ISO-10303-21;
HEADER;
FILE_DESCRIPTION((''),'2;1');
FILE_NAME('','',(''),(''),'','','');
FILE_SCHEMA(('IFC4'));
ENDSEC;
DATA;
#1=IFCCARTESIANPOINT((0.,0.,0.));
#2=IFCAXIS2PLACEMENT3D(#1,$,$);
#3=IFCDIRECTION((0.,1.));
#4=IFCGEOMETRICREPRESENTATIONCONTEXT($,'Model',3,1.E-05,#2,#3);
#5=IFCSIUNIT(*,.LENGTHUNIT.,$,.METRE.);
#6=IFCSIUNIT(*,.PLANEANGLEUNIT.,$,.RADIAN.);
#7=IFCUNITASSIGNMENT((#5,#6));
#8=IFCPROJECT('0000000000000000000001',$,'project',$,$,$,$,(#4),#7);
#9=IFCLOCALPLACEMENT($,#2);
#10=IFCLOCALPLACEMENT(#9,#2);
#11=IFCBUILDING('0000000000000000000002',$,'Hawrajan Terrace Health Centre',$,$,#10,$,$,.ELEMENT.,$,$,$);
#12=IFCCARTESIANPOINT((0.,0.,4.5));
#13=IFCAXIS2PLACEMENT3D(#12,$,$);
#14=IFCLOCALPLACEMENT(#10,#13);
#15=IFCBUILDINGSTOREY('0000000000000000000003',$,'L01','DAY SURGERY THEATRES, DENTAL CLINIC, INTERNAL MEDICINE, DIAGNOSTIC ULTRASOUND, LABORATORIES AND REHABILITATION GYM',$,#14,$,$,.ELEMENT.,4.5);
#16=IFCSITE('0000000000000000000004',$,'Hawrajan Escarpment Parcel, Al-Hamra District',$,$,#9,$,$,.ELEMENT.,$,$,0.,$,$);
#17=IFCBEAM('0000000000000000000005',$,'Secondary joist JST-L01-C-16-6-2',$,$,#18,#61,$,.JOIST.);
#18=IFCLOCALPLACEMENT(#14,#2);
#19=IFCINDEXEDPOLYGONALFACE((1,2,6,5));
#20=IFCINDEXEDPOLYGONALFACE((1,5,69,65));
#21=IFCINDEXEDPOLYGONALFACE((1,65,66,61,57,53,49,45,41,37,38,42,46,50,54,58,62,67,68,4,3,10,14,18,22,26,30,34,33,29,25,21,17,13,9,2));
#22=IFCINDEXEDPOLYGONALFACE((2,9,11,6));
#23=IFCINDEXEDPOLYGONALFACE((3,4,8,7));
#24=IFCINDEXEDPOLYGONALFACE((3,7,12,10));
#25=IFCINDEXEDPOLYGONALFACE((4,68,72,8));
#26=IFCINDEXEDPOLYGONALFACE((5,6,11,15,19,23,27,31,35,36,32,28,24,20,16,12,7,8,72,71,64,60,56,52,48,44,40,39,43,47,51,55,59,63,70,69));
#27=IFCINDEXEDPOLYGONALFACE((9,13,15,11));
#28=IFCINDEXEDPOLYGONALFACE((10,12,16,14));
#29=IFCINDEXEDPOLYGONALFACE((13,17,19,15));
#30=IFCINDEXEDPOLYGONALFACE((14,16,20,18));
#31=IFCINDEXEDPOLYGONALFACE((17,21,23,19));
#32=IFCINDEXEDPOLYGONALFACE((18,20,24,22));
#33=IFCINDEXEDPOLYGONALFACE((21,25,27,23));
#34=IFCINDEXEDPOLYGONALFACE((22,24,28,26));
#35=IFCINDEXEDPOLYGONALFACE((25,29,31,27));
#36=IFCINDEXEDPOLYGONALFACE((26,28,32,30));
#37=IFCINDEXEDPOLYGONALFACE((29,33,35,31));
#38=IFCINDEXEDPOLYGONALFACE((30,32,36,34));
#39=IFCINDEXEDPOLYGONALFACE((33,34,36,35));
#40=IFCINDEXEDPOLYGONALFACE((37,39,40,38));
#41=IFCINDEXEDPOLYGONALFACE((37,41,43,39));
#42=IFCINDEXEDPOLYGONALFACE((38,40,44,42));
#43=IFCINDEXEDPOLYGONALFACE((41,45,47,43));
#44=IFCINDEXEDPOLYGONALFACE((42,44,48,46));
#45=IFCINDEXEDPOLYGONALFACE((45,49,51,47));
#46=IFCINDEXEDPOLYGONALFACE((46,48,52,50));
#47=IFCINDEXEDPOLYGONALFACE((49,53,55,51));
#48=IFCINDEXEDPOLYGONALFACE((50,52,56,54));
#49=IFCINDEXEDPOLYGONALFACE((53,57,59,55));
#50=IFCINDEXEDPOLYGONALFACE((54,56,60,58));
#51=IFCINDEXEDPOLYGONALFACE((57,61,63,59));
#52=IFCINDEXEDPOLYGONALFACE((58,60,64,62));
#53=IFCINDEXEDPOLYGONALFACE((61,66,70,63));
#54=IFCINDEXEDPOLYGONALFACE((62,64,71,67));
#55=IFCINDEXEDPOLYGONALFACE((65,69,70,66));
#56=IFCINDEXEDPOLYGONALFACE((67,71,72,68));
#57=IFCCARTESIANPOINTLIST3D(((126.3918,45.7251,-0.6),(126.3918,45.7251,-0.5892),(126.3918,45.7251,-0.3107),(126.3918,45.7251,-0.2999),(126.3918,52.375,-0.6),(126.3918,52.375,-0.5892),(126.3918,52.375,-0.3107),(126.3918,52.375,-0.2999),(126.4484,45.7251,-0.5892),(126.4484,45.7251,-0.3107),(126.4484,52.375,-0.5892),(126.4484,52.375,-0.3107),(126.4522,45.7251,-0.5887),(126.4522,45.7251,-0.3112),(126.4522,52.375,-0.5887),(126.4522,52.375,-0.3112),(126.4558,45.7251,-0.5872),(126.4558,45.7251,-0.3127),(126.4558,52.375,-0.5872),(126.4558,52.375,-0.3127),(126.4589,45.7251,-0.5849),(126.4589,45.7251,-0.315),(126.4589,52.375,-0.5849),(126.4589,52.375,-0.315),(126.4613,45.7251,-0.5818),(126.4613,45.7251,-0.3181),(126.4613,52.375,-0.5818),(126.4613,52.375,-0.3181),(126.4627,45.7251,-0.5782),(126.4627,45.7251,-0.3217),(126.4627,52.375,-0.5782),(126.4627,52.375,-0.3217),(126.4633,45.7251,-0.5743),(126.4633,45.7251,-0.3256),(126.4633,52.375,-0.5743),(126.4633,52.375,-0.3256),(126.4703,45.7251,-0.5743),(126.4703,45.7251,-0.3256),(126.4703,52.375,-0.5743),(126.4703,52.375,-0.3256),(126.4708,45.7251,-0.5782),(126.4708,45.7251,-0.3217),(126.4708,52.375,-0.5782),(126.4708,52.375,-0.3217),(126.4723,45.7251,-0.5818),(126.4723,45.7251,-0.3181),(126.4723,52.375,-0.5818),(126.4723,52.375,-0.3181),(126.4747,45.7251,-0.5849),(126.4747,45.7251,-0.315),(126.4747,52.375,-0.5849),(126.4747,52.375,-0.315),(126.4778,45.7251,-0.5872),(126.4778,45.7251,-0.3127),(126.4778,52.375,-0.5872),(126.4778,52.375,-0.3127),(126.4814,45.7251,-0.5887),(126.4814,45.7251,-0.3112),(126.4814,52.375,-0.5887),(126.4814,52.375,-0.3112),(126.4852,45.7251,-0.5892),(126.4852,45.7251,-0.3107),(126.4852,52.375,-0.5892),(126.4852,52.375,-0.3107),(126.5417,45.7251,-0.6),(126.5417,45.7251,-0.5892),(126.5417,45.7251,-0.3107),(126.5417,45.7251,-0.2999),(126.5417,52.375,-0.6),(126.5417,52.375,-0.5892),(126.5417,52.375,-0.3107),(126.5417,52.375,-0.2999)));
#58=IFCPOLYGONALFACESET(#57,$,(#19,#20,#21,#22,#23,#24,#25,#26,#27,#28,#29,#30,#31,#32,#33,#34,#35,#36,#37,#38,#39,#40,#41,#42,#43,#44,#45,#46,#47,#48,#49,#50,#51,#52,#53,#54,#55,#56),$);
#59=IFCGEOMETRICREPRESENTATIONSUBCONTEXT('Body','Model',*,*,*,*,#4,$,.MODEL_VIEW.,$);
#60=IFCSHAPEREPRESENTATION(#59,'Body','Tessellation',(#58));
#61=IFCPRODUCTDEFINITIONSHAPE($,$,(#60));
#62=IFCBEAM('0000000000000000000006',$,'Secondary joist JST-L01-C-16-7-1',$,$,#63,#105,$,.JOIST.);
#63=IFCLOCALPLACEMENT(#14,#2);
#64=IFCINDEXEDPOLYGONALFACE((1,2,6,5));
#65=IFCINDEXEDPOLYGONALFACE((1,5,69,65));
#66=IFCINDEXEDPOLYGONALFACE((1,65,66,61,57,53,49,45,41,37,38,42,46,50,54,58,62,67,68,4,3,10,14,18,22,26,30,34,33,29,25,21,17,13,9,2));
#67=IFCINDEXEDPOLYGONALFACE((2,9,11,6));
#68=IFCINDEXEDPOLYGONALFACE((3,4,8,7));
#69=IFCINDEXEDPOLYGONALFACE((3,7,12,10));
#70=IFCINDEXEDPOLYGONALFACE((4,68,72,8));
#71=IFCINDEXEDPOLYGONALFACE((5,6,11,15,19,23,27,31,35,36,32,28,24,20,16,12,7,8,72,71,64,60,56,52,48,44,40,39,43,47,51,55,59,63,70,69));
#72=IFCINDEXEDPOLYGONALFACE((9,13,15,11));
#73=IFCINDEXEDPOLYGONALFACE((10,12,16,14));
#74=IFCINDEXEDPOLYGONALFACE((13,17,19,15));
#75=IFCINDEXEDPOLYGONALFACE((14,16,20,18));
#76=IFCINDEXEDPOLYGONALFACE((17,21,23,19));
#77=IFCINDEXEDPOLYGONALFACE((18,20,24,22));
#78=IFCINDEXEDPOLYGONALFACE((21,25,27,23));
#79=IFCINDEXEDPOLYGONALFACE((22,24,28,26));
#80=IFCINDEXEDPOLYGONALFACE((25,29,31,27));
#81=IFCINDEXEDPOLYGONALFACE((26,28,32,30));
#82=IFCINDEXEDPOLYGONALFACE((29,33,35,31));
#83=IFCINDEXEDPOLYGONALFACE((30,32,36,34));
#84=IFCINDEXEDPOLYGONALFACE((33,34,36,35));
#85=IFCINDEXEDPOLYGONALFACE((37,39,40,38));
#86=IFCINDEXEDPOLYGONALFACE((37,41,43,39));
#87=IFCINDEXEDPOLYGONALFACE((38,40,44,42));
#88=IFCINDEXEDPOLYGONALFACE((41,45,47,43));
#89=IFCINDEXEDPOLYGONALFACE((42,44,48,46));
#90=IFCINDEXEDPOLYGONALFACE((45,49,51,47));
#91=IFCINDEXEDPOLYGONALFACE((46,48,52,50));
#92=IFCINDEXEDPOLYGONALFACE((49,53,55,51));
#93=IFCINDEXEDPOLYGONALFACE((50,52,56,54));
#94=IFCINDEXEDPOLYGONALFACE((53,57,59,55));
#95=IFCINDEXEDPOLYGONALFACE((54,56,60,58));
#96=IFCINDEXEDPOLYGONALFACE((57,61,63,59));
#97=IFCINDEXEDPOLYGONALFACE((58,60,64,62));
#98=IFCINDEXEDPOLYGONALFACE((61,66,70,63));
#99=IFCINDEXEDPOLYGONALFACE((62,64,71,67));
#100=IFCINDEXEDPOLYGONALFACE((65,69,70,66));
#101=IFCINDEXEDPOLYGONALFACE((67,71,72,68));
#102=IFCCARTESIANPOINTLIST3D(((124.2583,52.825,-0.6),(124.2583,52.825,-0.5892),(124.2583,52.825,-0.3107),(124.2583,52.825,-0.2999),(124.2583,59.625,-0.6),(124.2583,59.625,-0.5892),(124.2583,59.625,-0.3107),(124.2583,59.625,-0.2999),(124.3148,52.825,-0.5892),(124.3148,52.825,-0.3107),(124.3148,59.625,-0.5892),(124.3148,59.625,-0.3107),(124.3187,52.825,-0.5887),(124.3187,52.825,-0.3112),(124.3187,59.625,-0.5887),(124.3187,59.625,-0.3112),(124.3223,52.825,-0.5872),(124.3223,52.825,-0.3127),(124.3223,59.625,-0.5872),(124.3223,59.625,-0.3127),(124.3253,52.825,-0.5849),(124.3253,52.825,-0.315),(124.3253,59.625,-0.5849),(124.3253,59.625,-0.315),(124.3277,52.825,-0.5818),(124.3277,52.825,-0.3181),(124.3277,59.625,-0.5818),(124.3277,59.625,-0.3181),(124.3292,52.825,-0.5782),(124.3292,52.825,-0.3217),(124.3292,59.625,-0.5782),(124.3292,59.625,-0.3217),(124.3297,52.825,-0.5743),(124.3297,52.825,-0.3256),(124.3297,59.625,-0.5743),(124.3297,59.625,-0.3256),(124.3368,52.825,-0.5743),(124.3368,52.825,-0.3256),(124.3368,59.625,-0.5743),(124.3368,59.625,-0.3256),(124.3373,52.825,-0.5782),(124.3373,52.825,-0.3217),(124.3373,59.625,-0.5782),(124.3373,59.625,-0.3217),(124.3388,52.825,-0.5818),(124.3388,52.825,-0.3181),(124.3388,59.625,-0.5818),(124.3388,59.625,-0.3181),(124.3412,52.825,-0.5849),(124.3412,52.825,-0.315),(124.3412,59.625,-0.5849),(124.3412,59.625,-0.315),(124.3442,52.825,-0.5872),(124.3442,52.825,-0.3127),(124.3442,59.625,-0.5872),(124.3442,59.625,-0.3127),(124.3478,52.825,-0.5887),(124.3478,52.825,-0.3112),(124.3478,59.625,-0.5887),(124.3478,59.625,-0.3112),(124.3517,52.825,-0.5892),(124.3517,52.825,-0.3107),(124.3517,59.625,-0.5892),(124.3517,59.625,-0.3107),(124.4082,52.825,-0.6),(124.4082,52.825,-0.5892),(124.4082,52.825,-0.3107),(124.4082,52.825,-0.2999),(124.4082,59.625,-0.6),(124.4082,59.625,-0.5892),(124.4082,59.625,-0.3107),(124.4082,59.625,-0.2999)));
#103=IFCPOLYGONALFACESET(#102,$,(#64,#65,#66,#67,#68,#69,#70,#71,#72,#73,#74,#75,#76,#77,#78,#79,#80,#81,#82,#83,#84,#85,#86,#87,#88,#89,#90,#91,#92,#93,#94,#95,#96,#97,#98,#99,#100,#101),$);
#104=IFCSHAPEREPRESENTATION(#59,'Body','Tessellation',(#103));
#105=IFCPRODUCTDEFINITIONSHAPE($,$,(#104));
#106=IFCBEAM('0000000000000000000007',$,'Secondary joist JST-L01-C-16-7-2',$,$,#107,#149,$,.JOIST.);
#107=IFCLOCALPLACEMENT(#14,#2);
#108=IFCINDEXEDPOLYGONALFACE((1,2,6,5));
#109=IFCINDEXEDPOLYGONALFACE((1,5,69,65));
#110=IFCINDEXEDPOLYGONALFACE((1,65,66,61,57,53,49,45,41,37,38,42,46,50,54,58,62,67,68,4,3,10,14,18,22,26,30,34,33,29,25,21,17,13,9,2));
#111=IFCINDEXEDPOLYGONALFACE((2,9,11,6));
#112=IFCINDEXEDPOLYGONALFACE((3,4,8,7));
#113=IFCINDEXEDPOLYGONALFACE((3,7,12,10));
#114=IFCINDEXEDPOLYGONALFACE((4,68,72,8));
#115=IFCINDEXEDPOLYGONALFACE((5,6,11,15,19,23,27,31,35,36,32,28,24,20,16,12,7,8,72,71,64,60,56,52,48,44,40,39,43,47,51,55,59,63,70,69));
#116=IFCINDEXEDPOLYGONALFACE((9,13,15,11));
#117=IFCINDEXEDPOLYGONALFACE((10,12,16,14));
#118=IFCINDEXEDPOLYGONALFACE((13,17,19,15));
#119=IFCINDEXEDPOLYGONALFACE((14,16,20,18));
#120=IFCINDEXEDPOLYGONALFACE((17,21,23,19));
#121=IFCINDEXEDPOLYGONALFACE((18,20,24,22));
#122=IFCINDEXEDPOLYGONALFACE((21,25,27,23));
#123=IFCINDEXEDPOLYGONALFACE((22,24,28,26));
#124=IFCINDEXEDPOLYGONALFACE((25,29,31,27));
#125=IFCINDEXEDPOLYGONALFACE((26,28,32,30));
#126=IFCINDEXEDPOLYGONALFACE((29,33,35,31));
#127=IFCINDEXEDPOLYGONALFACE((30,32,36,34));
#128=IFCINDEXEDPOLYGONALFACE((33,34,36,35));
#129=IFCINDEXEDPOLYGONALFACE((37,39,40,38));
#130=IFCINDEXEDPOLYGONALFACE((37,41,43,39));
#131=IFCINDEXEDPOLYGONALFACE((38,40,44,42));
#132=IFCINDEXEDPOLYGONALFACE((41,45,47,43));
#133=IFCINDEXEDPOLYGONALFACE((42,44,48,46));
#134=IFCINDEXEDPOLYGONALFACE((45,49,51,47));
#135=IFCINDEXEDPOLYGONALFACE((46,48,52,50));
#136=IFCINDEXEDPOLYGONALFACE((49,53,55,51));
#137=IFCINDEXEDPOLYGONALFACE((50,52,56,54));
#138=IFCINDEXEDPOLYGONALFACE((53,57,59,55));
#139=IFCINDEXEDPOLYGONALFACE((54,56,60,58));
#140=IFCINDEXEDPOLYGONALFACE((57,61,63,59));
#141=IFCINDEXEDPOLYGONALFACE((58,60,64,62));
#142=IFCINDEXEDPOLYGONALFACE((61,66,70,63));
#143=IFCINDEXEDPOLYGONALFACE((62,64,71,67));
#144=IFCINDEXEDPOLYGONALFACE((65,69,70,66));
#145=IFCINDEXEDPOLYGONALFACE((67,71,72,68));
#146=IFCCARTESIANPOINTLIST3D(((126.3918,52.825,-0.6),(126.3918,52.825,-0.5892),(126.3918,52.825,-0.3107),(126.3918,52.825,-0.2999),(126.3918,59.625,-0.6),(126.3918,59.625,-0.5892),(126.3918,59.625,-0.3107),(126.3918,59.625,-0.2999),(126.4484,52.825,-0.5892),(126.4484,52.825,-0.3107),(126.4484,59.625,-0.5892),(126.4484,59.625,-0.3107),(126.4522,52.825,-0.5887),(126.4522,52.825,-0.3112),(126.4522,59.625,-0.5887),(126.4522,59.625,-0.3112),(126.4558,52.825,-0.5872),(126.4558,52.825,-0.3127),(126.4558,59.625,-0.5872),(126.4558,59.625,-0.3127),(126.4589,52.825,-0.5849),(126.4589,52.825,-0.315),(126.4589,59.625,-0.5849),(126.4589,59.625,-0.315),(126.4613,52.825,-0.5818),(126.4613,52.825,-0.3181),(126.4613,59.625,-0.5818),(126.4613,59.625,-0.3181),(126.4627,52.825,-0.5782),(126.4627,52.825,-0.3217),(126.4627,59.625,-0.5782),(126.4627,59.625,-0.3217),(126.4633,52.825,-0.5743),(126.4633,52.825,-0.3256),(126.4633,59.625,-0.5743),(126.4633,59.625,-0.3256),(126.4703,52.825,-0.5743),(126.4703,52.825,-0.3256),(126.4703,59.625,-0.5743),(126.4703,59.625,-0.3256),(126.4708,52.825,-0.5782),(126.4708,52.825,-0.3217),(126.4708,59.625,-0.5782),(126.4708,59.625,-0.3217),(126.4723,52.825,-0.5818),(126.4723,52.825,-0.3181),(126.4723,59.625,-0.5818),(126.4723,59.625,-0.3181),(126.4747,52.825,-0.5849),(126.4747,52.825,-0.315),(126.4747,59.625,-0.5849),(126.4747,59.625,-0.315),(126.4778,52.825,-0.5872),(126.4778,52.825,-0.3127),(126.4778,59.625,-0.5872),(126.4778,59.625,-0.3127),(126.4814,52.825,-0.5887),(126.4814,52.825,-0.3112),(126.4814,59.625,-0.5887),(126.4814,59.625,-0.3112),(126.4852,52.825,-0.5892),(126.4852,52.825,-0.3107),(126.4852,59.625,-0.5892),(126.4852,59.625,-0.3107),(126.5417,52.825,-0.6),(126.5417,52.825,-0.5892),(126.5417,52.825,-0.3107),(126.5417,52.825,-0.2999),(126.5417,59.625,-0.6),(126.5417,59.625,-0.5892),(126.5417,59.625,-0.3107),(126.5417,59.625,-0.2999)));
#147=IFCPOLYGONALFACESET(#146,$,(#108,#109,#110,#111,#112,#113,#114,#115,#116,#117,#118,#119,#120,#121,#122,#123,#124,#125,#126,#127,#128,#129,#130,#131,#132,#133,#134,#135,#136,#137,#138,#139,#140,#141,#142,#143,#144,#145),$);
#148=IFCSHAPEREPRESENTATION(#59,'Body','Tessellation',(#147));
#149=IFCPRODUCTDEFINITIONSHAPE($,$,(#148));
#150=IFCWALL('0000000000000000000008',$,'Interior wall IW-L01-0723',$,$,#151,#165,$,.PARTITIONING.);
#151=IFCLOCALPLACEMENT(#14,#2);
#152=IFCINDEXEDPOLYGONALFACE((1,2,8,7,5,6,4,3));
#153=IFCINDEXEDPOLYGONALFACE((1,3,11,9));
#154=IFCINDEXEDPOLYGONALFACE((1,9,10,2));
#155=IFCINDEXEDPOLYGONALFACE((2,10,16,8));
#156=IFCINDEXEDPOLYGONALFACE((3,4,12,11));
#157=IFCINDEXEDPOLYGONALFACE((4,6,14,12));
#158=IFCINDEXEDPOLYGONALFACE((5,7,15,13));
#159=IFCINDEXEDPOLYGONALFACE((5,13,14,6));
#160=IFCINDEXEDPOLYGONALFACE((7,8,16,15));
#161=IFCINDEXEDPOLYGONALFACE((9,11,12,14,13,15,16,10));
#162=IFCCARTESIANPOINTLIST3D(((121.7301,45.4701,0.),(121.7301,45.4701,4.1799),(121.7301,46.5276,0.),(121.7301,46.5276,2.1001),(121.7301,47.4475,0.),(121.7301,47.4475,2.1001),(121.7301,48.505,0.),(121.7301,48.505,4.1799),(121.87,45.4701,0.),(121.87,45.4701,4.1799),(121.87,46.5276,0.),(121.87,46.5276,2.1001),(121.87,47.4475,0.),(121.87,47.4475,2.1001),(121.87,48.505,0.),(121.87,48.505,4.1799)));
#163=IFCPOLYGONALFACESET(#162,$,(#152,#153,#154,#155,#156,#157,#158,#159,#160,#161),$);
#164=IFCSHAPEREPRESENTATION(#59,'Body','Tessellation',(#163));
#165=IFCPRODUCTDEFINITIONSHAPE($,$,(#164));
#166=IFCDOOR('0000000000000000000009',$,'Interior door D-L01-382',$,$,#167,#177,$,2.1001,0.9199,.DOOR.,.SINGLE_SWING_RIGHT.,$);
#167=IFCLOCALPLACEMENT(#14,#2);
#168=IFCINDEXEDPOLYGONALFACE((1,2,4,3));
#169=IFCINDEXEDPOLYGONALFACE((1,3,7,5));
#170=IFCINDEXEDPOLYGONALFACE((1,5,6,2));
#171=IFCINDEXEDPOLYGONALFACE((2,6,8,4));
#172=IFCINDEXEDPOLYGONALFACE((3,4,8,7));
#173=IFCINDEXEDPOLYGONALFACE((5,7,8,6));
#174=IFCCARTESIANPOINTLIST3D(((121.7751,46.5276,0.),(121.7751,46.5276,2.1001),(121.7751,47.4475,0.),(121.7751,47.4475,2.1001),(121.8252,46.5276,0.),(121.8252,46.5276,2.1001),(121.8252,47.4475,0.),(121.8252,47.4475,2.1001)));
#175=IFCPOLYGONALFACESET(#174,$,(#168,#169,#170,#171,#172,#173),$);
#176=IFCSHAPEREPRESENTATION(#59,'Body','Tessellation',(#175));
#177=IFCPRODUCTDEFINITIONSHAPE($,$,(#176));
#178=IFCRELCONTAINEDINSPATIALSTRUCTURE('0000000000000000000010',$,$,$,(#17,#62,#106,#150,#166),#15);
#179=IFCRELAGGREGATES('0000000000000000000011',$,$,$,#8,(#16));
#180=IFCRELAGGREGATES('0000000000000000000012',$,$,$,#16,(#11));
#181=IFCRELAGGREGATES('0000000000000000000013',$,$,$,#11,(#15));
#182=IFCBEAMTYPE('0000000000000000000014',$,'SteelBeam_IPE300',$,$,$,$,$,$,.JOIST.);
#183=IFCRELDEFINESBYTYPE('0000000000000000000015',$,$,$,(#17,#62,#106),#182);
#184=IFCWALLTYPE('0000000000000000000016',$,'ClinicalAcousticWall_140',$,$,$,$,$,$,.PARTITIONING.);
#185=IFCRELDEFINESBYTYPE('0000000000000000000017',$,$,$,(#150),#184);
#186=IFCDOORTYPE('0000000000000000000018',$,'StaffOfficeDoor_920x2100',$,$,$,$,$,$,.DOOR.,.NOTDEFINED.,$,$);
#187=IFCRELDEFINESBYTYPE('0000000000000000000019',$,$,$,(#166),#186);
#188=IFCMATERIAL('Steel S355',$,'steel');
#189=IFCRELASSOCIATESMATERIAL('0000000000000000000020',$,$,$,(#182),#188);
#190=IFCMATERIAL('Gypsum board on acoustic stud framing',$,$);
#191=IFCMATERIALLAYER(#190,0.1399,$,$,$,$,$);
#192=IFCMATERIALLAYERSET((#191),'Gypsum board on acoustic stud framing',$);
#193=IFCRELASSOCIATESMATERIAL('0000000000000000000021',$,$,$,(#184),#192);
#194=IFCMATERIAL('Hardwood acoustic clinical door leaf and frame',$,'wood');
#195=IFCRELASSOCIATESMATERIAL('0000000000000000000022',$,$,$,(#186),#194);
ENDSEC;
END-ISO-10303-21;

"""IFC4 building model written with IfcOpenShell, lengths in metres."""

from ifc_helpers import new_model, si_unit, direction, frame, frame_2d, origin, origin_2d, place, context, subcontext, project, spatial, rectangle, i_section, extrude, material, layer, layer_set, material_profile, profile_set, type_object, element, fill, save


model = new_model("IFC4")

# Units and contexts
model_context = context("Model", 3, precision=1e-05, world=origin(), true_north=direction((0.0, 1.0)))
body_context = subcontext(model_context, "Body", "Model", "MODEL_VIEW")
ifc_project = project(units=[si_unit("LENGTHUNIT", "METRE"), si_unit("PLANEANGLEUNIT", "RADIAN")], contexts=[model_context])

# Site, building, storey
site_placement = place(None, origin())
site = spatial("IfcSite", under=ifc_project, at=site_placement, Name="Hawrajan Escarpment Parcel, Al-Hamra District", CompositionType="ELEMENT", RefElevation=0.0)
building_placement = place(site_placement, origin())
building = spatial("IfcBuilding", under=site, at=building_placement, Name="Hawrajan Terrace Health Centre", CompositionType="ELEMENT")
storey_placement = place(building_placement, frame((0.0, 0.0, 4.5)))
storey = spatial("IfcBuildingStorey", under=building, at=storey_placement, Name="L01", Description="DAY SURGERY THEATRES, DENTAL CLINIC, INTERNAL MEDICINE, DIAGNOSTIC ULTRASOUND, LABORATORIES AND REHABILITATION GYM", CompositionType="ELEMENT", Elevation=4.5)

# Beams
ifc_material_1 = material(Name="Steel S355", Category="steel")
ifc_material_profile_1 = material_profile(ifc_material_1, i_section(OverallWidth=0.1499, OverallDepth=0.3, WebThickness=0.0071, FlangeThickness=0.0107, FilletRadius=0.0149, at=origin_2d()), Name="IPE 300")
ifc_profile_set_1 = profile_set([ifc_material_profile_1], Name="Steel S355")
beam_type_1 = type_object("IfcBeamType", Name="SteelBeam_IPE300", PredefinedType="JOIST", material=ifc_profile_set_1)
for number, where, z_axis, x_axis, name in (
    (1, (126.4668, 45.7251, -0.45), (0.0, 1.0, 0.0), (-1.0, 0.0, 0.0), "Secondary joist JST-L01-C-16-6-2"),
):
    element("IfcBeam", number, at=place(storey_placement, frame(where, z_axis=z_axis, x_axis=x_axis)), inside=storey, type_object=beam_type_1, Name=name, PredefinedType="JOIST", context=body_context, shape_type="SweptSolid", body=[
        extrude(i_section(OverallWidth=0.1499, OverallDepth=0.3, WebThickness=0.0071, FlangeThickness=0.0107, FilletRadius=0.0149, at=origin_2d()), origin(), (0.0, 0.0, 1.0), 6.6499),
    ])
for number, where, z_axis, x_axis, name in (
    (2, (124.3333, 52.825, -0.45), (0.0, 1.0, 0.0), (-1.0, 0.0, 0.0), "Secondary joist JST-L01-C-16-7-1"),
    (3, (126.4668, 52.825, -0.45), (0.0, 1.0, 0.0), (-1.0, 0.0, 0.0), "Secondary joist JST-L01-C-16-7-2"),
):
    element("IfcBeam", number, at=place(storey_placement, frame(where, z_axis=z_axis, x_axis=x_axis)), inside=storey, type_object=beam_type_1, Name=name, PredefinedType="JOIST", context=body_context, shape_type="SweptSolid", body=[
        extrude(i_section(OverallWidth=0.1499, OverallDepth=0.3, WebThickness=0.0071, FlangeThickness=0.0107, FilletRadius=0.0149, at=origin_2d()), origin(), (0.0, 0.0, 1.0), 6.8),
    ])

# Wall, opening, door
ifc_material_2 = material(Name="Gypsum board on acoustic stud framing")
ifc_layer_1 = layer(ifc_material_2, 0.1399)
ifc_layer_set_1 = layer_set([ifc_layer_1], Name="Gypsum board on acoustic stud framing")
wall_type_1 = type_object("IfcWallType", Name="ClinicalAcousticWall_140", PredefinedType="PARTITIONING", material=ifc_layer_set_1)
wall_1_placement = place(storey_placement, frame((121.8, 45.47, 0.0), z_axis=(0.0, 0.0, 1.0), x_axis=(0.0, 1.0, 0.0)))
wall_1 = element("IfcWall", 4, at=wall_1_placement, inside=storey, type_object=wall_type_1, Name="Interior wall IW-L01-0723", PredefinedType="PARTITIONING", context=body_context, shape_type="SweptSolid", body=[
    extrude(rectangle(XDim=3.0349, YDim=0.1399, at=frame_2d((1.5176, 0.0))), origin(), (0.0, 0.0, 1.0), 4.1799),
])
opening_1_placement = place(wall_1_placement, frame((1.0576, 0.0, 0.0)))
opening_1 = element("IfcOpeningElement", 5, at=opening_1_placement, cuts=wall_1, PredefinedType="OPENING", context=body_context, shape_type="SweptSolid", body=[
    extrude(rectangle(XDim=0.9199, YDim=2.1001, at=frame_2d((0.46, 1.05))), frame((0.0, 0.0798, 0.0), z_axis=(0.0, -1.0, 0.0), x_axis=(1.0, 0.0, 0.0)), (0.0, 0.0, 1.0), 0.1599),
])
ifc_material_3 = material(Name="Hardwood acoustic clinical door leaf and frame", Category="wood")
door_type_1 = type_object("IfcDoorType", Name="StaffOfficeDoor_920x2100", OperationType="NOTDEFINED", PredefinedType="DOOR", material=ifc_material_3)
door_1_placement = place(opening_1_placement, origin())
door_1 = element("IfcDoor", 6, at=door_1_placement, inside=storey, type_object=door_type_1, Name="Interior door D-L01-382", OperationType="SINGLE_SWING_RIGHT", OverallHeight=2.1001, OverallWidth=0.9199, PredefinedType="DOOR", context=body_context, shape_type="SweptSolid", body=[
    extrude(rectangle(XDim=0.9199, YDim=2.1001, at=frame_2d((0.46, 1.05))), frame((0.0, 0.0249, 0.0), z_axis=(0.0, -1.0, 0.0), x_axis=(1.0, 0.0, 0.0)), (0.0, 0.0, 1.0), 0.05),
])
fill(opening_1, door_1)

save(model, "model.ifc")
